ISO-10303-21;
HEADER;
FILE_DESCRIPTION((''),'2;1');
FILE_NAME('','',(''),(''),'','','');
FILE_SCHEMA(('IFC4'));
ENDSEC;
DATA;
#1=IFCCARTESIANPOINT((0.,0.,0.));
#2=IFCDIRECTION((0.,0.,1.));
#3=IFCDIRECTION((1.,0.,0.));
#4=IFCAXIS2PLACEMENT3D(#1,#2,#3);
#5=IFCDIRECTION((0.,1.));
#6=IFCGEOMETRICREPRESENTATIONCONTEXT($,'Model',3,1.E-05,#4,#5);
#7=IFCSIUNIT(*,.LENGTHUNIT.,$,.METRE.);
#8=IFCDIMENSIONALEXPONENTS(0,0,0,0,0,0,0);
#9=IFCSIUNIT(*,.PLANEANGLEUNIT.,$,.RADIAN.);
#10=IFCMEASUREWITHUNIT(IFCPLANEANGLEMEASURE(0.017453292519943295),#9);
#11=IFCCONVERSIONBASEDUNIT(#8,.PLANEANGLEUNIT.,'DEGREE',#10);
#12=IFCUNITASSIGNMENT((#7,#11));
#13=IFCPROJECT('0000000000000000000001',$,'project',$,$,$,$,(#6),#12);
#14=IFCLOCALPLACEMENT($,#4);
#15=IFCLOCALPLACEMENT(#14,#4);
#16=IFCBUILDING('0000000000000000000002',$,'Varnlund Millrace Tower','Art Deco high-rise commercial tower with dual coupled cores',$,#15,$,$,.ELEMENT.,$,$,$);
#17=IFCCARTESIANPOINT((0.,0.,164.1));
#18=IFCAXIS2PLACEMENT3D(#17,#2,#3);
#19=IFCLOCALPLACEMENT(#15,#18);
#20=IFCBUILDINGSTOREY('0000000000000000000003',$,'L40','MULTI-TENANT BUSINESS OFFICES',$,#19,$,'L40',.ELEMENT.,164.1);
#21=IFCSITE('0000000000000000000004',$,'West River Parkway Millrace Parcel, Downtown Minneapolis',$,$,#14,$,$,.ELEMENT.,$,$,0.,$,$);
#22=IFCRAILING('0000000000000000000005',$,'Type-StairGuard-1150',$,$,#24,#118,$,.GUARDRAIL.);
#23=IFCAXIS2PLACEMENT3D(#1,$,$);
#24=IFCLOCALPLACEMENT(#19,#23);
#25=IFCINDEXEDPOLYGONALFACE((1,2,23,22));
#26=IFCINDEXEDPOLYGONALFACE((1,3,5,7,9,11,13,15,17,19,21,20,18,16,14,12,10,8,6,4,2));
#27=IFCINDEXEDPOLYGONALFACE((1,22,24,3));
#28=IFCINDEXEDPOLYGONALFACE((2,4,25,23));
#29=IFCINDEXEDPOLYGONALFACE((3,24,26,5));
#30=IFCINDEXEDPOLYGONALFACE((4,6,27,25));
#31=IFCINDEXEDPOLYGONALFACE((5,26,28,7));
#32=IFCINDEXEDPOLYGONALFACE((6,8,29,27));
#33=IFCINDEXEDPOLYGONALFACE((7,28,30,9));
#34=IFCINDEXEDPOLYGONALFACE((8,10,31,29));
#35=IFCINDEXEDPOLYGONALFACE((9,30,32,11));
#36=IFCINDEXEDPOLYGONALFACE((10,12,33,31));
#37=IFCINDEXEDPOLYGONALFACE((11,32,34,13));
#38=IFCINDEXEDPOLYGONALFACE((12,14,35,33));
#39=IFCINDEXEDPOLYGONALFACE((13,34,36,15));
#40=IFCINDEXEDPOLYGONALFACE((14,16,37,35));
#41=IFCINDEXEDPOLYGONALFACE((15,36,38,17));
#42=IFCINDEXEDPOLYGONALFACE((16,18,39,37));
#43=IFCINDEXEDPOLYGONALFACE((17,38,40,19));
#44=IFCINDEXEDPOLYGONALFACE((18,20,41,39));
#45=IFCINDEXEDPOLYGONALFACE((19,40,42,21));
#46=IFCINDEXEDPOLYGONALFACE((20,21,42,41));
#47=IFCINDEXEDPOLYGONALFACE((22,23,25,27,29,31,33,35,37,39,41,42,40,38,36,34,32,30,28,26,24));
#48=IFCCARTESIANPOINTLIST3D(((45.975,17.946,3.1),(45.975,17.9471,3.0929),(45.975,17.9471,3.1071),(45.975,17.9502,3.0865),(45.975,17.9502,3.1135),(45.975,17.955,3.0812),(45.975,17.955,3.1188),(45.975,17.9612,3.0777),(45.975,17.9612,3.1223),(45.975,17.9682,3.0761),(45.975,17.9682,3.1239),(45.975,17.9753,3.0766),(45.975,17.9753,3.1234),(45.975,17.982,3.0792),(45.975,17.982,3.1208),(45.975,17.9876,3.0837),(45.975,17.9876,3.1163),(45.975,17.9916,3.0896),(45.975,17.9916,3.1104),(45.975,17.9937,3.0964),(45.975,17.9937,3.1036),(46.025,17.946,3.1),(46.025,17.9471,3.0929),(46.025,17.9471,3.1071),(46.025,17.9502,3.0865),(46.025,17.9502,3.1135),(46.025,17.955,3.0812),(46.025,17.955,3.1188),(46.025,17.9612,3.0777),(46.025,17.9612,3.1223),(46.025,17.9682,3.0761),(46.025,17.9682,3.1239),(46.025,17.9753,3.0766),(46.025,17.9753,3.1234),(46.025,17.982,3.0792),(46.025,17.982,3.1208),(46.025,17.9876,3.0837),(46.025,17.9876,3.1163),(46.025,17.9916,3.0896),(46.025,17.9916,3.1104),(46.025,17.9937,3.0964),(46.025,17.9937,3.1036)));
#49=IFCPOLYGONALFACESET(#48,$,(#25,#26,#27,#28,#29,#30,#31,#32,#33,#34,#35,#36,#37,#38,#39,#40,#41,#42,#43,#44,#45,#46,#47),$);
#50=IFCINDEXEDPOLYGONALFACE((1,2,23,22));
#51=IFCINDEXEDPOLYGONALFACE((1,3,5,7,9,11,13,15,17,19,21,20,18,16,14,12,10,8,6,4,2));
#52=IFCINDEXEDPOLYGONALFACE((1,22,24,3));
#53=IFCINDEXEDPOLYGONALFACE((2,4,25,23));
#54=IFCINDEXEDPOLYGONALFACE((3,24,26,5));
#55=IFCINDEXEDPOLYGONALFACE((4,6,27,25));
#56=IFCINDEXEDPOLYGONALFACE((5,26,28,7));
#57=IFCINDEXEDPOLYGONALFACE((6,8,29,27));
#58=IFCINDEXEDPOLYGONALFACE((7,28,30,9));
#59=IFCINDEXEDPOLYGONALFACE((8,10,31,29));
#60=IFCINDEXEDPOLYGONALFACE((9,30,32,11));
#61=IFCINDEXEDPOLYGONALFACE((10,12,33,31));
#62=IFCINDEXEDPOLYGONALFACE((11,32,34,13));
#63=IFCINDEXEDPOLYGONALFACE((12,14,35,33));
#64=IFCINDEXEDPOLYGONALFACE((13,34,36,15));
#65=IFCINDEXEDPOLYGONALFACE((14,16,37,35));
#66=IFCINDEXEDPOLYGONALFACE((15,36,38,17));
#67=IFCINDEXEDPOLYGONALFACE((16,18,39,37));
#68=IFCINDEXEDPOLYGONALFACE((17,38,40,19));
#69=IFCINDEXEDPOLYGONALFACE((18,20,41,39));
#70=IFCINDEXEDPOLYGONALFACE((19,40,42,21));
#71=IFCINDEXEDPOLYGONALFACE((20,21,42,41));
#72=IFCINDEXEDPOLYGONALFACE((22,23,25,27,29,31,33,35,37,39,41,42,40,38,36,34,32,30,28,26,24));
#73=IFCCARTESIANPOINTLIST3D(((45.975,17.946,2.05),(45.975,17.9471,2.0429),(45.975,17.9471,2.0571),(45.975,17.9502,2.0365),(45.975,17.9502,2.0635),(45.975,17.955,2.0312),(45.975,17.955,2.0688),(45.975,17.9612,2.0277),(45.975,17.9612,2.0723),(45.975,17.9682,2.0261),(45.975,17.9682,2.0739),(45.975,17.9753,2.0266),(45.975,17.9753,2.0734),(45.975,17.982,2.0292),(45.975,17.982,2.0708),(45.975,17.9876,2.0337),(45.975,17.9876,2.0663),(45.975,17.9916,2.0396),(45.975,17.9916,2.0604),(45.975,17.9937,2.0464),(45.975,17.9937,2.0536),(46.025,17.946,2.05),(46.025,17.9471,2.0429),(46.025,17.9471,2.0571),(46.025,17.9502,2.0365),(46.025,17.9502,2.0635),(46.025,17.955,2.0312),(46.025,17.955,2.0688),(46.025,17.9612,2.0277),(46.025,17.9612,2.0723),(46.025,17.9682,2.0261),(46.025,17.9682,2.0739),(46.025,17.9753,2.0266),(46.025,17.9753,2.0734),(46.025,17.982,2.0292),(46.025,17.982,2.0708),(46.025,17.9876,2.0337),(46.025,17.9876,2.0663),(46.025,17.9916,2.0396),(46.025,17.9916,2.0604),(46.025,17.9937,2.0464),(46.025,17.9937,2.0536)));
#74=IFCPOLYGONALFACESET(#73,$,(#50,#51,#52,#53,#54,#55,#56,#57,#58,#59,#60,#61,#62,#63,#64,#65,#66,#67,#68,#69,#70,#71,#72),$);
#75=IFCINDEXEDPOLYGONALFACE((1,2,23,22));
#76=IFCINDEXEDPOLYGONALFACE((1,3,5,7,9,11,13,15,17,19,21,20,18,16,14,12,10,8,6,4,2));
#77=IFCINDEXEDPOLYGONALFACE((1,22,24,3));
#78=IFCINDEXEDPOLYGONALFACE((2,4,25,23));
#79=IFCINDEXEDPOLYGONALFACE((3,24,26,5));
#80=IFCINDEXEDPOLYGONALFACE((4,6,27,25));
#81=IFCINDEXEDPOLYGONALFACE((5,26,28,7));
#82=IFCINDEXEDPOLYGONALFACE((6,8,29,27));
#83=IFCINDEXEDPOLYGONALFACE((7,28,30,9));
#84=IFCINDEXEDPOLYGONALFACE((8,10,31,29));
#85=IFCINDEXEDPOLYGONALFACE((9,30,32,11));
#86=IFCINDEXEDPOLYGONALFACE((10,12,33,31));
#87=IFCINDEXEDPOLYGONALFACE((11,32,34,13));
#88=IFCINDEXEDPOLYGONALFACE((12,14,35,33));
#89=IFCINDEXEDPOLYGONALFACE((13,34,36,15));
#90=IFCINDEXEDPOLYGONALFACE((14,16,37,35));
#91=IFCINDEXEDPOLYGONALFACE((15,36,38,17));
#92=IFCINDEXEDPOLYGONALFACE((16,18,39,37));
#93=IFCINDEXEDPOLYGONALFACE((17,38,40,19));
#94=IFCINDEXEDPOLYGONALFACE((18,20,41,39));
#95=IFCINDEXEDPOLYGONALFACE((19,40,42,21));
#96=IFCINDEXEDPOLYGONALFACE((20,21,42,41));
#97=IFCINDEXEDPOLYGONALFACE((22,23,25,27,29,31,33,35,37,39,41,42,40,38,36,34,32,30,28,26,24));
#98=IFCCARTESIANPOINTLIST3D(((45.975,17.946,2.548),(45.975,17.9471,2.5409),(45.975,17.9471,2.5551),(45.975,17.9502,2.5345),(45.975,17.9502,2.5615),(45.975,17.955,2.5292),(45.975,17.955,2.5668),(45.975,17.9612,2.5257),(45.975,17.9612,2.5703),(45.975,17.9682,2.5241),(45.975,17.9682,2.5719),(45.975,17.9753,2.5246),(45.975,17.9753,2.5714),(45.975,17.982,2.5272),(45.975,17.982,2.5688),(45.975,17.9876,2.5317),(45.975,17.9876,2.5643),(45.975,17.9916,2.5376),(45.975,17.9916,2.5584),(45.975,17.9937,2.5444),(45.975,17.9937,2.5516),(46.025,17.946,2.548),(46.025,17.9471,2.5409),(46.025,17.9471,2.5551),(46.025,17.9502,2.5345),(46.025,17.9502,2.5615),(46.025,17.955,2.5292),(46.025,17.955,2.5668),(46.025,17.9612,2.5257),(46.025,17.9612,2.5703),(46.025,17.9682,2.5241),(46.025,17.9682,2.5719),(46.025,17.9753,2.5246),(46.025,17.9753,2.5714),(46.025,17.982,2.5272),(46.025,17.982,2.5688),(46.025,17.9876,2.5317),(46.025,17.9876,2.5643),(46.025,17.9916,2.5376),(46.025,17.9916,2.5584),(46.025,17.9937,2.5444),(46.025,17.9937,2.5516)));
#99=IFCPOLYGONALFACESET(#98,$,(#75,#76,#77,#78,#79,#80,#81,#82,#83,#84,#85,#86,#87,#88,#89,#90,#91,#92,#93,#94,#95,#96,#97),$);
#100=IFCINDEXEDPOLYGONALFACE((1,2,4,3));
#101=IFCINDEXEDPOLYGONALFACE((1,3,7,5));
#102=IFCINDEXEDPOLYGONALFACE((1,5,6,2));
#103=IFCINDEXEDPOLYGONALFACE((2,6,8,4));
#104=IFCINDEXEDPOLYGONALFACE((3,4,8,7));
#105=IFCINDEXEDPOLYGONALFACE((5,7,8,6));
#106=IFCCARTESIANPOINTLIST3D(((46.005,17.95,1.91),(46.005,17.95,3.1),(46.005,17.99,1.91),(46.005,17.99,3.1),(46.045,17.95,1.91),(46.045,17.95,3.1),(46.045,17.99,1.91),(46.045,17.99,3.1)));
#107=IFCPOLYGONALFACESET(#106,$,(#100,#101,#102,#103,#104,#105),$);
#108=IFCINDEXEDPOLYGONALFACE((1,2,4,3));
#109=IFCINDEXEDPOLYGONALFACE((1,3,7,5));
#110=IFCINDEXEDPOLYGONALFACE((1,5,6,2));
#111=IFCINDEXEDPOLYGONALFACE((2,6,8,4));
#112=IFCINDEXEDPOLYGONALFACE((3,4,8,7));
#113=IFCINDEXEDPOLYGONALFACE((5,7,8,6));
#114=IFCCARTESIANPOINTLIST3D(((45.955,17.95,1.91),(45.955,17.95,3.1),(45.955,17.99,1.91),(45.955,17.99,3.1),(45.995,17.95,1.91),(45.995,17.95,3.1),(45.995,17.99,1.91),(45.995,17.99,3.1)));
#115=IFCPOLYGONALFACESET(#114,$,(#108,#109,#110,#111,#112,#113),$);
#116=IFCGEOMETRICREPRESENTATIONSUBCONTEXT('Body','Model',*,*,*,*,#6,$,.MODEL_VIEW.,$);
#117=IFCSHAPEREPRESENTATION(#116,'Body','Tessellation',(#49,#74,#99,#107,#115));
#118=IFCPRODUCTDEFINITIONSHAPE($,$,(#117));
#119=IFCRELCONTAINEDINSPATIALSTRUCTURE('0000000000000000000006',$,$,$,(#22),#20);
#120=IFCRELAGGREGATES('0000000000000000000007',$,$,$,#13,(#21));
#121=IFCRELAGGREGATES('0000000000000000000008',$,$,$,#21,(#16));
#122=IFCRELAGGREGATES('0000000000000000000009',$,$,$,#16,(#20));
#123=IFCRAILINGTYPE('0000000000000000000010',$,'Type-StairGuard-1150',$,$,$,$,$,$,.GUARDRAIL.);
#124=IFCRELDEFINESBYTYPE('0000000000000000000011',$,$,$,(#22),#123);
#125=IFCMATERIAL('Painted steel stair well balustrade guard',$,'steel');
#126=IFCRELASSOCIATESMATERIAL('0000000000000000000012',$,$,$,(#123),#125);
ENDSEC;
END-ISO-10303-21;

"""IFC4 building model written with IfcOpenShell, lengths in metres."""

from ifc_helpers import new_model, entity, si_unit, converted_unit, direction, frame, origin_with_axes, origin_2d_with_axis, place, context, subcontext, project, spatial, rectangle, circle, extrude, material, type_object, element, save


model = new_model("IFC4")

# Units and contexts
model_context = context("Model", 3, precision=1e-05, world=origin_with_axes(), true_north=direction((0.0, 1.0)))
body_context = subcontext(model_context, "Body", "Model", "MODEL_VIEW")
ifc_project = project(units=[si_unit("LENGTHUNIT", "METRE"), converted_unit("PLANEANGLEUNIT", "DEGREE", entity("IfcPlaneAngleMeasure", 0.017453292519943295), si_unit("PLANEANGLEUNIT", "RADIAN"), dimensions=[0, 0, 0, 0, 0, 0, 0])], contexts=[model_context])

# Site, building, storey
site_placement = place(None, origin_with_axes())
site = spatial("IfcSite", under=ifc_project, at=site_placement, Name="West River Parkway Millrace Parcel, Downtown Minneapolis", CompositionType="ELEMENT", RefElevation=0.0)
building_placement = place(site_placement, origin_with_axes())
building = spatial("IfcBuilding", under=site, at=building_placement, Name="Varnlund Millrace Tower", Description="Art Deco high-rise commercial tower with dual coupled cores", CompositionType="ELEMENT")
storey_placement = place(building_placement, frame((0.0, 0.0, 164.1), z_axis=(0.0, 0.0, 1.0), x_axis=(1.0, 0.0, 0.0)))
storey = spatial("IfcBuildingStorey", under=building, at=storey_placement, Name="L40", Description="MULTI-TENANT BUSINESS OFFICES", LongName="L40", CompositionType="ELEMENT", Elevation=164.1)

# Railing
ifc_material_1 = material(Name="Painted steel stair well balustrade guard", Category="steel")
railing_type_1 = type_object("IfcRailingType", Name="Type-StairGuard-1150", PredefinedType="GUARDRAIL", material=ifc_material_1)
railing_1_placement = place(storey_placement, frame((0.0, 0.0, -164.1), z_axis=(0.0, 0.0, 1.0), x_axis=(1.0, 0.0, 0.0)))
element("IfcRailing", 1, at=railing_1_placement, inside=storey, type_object=railing_type_1, Name="Type-StairGuard-1150", PredefinedType="GUARDRAIL", context=body_context, shape_type="SweptSolid", body=[
    extrude(circle(Radius=0.024, at=origin_2d_with_axis()), frame((46.025, 17.97, 167.2), z_axis=(-1.0, 0.0, 0.0), x_axis=(0.0, -1.0, 0.0)), (0.0, 0.0, 1.0), 0.05),
    extrude(circle(Radius=0.024, at=origin_2d_with_axis()), frame((46.025, 17.97, 166.15), z_axis=(-1.0, 0.0, 0.0), x_axis=(0.0, -1.0, 0.0)), (0.0, 0.0, 1.0), 0.05),
    extrude(circle(Radius=0.024, at=origin_2d_with_axis()), frame((46.025, 17.97, 166.648), z_axis=(-1.0, 0.0, 0.0), x_axis=(0.0, -1.0, 0.0)), (0.0, 0.0, 1.0), 0.05),
    extrude(rectangle(XDim=0.04, YDim=0.04, at=origin_2d_with_axis()), frame((46.025, 17.97, 166.01), z_axis=(0.0, 0.0, 1.0), x_axis=(1.0, 0.0, 0.0)), (0.0, 0.0, 1.0), 1.19),
    extrude(rectangle(XDim=0.04, YDim=0.04, at=origin_2d_with_axis()), frame((45.975, 17.97, 166.01), z_axis=(0.0, 0.0, 1.0), x_axis=(1.0, 0.0, 0.0)), (0.0, 0.0, 1.0), 1.19),
])

save(model, "model.ifc")
